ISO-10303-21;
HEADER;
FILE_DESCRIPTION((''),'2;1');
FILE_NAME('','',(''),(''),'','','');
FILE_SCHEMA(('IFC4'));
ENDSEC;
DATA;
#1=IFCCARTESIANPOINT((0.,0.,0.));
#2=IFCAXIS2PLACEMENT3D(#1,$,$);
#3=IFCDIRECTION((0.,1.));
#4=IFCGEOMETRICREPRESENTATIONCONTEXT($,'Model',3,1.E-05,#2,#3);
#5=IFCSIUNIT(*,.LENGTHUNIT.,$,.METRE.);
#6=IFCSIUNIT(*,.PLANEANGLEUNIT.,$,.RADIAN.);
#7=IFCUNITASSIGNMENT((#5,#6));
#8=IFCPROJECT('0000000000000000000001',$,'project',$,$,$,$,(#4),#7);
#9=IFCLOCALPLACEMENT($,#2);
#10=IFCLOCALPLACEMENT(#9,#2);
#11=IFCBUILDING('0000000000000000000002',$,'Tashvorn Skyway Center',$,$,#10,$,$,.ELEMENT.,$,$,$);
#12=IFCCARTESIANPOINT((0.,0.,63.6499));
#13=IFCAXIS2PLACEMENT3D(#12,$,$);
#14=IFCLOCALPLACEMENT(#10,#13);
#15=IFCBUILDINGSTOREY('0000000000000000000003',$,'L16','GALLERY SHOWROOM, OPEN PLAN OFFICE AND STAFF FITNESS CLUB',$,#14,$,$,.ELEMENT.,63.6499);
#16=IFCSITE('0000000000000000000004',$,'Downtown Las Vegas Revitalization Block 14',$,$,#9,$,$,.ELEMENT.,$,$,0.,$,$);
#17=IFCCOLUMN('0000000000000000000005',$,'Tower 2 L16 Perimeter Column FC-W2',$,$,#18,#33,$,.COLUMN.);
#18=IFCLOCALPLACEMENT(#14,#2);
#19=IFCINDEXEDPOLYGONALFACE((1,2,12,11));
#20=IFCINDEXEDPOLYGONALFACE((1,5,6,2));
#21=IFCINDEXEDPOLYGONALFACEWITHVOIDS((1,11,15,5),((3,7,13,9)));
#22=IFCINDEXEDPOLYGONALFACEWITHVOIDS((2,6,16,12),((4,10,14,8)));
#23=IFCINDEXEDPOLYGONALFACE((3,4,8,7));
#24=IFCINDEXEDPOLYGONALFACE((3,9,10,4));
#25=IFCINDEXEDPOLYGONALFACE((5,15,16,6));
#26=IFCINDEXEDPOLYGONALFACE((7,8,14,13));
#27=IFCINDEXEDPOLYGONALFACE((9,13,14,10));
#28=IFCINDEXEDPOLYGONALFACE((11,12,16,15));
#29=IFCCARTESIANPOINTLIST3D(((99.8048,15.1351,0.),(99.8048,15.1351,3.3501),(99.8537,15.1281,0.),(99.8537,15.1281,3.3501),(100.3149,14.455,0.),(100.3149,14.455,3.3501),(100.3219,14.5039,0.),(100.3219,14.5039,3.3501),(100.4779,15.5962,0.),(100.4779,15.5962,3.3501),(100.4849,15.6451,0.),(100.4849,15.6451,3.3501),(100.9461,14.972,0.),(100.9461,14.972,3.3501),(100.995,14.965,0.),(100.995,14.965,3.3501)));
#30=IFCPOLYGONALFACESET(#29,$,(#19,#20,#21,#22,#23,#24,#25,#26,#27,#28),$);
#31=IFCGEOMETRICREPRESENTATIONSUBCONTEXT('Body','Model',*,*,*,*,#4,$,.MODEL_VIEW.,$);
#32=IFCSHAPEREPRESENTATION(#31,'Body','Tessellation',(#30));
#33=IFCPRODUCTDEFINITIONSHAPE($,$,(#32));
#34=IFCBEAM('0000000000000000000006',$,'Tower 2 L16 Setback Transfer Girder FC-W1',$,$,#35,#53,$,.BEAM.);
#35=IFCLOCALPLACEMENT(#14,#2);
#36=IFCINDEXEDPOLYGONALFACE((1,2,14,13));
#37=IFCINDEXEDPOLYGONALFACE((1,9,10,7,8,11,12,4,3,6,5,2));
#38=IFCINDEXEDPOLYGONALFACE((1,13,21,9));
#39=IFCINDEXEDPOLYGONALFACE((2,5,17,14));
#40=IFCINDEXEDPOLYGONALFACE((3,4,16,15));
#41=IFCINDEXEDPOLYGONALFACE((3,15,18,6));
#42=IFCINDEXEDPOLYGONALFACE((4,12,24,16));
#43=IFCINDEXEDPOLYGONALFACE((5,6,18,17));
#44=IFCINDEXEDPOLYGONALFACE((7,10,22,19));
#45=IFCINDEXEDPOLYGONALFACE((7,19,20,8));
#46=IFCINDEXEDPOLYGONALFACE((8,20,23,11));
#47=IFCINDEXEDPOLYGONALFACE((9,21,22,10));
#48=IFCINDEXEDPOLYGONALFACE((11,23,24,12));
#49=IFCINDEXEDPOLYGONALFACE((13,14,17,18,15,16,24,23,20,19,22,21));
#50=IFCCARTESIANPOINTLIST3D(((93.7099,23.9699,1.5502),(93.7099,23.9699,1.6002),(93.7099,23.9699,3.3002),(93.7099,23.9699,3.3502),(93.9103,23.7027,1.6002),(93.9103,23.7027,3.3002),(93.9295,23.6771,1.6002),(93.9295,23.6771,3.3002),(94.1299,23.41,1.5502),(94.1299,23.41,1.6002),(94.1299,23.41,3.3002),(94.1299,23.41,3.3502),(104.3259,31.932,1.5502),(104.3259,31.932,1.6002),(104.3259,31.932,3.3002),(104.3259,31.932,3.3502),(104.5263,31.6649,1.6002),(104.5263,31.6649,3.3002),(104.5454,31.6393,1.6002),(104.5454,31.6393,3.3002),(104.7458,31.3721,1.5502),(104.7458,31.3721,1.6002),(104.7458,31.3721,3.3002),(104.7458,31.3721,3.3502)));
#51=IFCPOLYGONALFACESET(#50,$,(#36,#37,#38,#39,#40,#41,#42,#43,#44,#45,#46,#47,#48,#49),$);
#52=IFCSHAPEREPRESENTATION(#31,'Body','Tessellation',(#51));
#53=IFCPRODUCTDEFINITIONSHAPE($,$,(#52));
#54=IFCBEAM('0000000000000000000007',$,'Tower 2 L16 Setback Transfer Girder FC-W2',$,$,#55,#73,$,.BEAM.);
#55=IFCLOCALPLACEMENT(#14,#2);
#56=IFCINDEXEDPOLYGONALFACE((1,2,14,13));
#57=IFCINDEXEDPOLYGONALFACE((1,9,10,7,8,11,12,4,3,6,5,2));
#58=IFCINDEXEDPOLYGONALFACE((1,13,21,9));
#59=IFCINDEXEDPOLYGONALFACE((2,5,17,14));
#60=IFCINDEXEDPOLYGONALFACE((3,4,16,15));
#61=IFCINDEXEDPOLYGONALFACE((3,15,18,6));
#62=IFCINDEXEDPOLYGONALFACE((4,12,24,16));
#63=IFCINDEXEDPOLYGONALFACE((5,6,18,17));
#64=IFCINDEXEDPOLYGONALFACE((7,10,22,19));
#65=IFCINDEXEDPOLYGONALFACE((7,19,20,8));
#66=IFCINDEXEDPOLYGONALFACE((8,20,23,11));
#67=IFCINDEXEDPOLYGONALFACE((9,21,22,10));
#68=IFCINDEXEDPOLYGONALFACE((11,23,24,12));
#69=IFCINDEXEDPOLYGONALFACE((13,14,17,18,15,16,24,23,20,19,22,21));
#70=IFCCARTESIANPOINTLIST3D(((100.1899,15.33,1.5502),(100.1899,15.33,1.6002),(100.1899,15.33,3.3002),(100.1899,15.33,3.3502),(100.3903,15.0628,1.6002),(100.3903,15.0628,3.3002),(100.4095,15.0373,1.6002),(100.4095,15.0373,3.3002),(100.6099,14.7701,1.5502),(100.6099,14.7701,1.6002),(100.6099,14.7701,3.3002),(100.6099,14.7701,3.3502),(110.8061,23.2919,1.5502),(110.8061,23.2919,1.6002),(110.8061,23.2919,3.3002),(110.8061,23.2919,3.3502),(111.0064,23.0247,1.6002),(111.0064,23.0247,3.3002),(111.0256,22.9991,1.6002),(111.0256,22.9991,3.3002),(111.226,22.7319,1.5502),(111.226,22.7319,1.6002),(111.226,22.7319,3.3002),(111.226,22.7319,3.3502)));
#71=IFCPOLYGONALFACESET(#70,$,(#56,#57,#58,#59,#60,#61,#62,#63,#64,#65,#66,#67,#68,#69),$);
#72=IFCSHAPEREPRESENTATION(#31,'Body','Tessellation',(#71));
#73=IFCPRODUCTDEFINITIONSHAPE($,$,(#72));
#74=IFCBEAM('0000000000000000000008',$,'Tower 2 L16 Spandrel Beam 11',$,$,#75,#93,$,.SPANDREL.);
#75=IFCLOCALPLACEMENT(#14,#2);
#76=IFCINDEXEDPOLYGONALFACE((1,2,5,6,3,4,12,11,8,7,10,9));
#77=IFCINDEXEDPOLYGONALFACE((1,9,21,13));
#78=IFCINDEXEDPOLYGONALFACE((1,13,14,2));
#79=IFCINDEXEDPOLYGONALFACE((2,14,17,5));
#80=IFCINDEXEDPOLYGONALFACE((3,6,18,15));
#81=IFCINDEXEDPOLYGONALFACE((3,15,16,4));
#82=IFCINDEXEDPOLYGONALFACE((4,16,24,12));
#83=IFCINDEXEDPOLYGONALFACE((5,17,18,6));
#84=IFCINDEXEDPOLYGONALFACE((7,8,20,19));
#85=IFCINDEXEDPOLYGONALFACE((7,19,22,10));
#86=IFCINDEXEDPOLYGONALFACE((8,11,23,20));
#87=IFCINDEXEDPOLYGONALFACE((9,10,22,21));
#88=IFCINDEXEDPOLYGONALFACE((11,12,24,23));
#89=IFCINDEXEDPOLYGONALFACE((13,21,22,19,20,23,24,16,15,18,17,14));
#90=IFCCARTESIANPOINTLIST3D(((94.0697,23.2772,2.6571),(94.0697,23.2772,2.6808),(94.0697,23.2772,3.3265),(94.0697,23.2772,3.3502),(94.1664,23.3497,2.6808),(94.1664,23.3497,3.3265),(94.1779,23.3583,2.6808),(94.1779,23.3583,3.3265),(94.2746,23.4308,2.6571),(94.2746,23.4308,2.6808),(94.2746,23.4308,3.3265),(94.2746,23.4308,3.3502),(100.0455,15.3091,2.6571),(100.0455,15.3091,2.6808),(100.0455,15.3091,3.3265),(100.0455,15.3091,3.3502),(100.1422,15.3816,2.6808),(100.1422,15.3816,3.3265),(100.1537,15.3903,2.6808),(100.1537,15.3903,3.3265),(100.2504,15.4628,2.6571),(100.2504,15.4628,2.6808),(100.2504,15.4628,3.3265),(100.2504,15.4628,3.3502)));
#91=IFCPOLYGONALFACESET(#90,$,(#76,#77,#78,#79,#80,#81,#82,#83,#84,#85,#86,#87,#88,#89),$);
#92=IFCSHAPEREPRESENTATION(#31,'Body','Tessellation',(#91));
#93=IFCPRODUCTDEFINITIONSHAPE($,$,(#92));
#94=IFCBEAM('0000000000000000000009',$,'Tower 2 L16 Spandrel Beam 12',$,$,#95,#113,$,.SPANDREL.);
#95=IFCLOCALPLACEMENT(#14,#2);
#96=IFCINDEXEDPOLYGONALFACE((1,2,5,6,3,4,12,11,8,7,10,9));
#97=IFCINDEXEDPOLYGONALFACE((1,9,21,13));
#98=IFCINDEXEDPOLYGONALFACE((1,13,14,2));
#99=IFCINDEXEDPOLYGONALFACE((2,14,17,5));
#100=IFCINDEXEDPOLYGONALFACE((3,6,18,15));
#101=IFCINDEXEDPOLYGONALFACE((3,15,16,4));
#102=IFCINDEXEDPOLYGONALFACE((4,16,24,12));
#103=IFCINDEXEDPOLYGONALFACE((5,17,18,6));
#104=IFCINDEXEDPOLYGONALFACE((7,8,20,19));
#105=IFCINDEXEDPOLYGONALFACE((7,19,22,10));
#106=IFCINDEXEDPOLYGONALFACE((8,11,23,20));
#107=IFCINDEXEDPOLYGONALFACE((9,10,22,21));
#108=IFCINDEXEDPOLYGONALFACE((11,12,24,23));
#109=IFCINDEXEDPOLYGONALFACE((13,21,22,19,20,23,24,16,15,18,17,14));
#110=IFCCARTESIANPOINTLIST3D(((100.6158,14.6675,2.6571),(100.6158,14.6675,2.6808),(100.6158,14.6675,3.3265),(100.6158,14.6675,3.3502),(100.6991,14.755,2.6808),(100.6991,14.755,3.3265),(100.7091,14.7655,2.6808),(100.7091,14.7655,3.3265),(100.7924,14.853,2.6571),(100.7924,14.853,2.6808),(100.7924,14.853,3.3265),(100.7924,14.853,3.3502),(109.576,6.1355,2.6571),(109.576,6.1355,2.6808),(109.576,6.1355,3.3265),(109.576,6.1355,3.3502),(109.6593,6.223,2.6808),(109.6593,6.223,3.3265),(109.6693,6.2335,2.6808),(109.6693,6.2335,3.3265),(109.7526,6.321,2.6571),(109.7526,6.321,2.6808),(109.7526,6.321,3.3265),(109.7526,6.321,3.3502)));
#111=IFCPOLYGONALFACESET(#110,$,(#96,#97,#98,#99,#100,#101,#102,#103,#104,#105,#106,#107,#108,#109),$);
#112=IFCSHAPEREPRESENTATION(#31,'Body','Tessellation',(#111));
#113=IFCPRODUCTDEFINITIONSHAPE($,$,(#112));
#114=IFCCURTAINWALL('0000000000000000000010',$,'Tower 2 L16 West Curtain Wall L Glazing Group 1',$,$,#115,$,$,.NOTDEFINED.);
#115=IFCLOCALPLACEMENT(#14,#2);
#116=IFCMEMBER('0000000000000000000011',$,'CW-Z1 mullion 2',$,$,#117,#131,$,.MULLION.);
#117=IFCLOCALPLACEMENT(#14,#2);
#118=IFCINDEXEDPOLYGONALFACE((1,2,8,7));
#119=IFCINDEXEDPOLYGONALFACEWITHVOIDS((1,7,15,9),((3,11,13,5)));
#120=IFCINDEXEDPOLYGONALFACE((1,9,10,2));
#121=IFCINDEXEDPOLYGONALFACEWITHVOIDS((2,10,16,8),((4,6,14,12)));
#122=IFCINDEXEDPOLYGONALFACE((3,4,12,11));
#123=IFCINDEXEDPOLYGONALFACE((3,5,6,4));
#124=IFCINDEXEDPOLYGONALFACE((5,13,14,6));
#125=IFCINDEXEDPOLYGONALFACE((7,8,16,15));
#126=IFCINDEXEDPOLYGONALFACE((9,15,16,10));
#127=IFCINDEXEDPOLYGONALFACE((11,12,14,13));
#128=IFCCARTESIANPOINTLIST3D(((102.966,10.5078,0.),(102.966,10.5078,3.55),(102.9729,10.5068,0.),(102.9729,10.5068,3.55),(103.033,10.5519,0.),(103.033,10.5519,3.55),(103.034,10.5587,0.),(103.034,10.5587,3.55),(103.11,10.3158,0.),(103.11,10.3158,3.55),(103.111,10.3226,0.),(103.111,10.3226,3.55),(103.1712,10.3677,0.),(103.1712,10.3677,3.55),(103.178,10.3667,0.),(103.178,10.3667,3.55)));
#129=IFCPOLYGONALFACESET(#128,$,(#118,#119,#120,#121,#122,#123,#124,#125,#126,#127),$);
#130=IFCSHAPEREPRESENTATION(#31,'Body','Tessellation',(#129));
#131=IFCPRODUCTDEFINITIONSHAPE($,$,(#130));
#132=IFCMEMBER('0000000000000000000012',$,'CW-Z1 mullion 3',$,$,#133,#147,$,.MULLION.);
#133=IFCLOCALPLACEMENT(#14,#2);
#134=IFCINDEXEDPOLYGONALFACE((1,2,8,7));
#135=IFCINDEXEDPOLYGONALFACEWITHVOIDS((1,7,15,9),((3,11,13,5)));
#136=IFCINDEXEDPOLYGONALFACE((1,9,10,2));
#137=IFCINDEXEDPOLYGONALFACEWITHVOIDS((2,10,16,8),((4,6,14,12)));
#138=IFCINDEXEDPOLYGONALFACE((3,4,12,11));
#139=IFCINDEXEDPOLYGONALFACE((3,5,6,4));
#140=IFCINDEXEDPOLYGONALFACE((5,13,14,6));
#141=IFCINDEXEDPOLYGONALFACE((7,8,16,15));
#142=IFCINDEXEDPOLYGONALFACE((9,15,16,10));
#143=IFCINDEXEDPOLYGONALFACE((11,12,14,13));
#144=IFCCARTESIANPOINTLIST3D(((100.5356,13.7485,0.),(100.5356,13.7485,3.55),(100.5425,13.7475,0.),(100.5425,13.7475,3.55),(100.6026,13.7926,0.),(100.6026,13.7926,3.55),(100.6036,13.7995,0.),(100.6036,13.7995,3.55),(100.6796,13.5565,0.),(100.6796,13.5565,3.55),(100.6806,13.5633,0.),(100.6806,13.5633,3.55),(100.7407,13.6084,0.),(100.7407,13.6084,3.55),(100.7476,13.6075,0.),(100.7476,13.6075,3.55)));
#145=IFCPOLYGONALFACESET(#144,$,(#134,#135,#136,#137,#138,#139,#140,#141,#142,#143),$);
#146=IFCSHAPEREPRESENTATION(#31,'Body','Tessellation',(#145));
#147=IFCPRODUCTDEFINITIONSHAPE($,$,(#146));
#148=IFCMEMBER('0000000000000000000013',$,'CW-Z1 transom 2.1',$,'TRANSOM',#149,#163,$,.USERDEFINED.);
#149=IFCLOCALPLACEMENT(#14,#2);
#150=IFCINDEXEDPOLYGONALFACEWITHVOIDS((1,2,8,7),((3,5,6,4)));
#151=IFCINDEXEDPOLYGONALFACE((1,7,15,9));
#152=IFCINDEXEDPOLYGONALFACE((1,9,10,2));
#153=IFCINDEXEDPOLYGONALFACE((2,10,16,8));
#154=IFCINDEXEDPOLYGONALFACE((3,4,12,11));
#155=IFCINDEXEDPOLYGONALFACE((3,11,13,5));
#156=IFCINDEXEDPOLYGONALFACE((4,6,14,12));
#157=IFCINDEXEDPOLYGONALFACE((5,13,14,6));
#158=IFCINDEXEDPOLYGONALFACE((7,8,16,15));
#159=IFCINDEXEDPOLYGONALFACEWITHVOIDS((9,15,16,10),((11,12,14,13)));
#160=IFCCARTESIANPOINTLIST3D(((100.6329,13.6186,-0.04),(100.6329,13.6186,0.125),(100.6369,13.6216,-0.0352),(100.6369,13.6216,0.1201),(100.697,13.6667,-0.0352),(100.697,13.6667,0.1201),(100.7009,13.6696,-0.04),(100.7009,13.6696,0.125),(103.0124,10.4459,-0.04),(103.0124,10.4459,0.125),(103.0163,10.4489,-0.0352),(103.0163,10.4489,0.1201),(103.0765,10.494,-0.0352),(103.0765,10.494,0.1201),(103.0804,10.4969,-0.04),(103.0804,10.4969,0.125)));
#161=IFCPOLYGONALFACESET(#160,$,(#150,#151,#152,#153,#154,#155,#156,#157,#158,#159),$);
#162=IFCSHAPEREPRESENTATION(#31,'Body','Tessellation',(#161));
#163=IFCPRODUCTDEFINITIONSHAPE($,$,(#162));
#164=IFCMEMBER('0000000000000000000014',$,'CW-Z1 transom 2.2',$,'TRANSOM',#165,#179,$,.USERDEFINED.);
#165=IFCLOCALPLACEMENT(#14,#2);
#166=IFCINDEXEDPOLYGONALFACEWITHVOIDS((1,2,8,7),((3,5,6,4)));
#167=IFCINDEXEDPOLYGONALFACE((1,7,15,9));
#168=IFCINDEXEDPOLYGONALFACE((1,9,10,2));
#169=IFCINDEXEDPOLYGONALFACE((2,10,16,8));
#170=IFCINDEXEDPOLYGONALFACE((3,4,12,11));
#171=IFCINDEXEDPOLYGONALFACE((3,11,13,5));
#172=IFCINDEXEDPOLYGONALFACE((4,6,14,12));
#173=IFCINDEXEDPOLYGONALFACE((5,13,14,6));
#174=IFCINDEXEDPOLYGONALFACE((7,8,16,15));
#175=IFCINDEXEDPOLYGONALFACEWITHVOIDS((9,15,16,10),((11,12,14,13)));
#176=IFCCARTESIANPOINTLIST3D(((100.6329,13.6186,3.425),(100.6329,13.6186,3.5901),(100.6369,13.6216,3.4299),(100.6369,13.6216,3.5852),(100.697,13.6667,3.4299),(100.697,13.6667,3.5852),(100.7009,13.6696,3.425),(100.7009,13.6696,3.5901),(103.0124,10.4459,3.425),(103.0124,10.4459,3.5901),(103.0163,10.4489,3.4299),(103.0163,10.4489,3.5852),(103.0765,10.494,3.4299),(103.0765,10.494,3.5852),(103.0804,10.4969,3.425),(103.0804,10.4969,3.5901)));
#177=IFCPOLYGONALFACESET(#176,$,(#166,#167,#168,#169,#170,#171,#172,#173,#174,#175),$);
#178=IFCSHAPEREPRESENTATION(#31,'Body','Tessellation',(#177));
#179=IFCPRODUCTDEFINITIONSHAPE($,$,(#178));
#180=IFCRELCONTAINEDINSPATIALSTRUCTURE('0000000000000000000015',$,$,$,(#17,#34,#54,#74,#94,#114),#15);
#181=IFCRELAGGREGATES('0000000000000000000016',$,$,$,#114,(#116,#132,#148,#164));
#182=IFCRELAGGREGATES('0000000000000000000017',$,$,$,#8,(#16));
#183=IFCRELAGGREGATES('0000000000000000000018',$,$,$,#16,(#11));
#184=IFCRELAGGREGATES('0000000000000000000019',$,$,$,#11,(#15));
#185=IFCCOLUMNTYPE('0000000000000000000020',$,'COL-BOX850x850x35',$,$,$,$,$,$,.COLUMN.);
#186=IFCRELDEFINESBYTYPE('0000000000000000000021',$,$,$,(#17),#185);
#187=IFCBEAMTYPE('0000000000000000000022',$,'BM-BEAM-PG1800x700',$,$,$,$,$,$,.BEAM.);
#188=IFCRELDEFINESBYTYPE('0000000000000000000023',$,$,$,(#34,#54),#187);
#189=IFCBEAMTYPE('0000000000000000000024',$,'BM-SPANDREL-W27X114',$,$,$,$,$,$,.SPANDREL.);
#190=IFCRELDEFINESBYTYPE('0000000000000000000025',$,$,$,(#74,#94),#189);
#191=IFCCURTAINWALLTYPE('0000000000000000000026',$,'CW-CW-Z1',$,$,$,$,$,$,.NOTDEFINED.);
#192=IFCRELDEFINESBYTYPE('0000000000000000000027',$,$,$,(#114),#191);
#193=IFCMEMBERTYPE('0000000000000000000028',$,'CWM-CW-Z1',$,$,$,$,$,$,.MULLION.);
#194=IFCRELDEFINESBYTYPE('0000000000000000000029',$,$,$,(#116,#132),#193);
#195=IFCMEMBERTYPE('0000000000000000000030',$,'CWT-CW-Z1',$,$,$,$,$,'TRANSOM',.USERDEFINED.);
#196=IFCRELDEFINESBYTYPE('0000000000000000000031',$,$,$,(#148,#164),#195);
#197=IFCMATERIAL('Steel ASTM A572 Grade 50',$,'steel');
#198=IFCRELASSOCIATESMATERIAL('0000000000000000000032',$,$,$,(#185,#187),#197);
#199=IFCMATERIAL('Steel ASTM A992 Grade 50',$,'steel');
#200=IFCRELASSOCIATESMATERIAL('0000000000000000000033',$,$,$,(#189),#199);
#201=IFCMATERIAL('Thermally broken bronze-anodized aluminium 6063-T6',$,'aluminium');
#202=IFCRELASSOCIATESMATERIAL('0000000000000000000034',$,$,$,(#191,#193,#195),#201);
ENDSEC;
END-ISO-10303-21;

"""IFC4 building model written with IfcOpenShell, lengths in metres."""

from ifc_helpers import new_model, si_unit, direction, frame, origin, origin_2d, place, context, subcontext, project, spatial, hollow_rectangle, i_section, extrude, material, material_profile, profile_set, type_object, element, aggregate, save


model = new_model("IFC4")

# Units and contexts
model_context = context("Model", 3, precision=1e-05, world=origin(), true_north=direction((0.0, 1.0)))
body_context = subcontext(model_context, "Body", "Model", "MODEL_VIEW")
ifc_project = project(units=[si_unit("LENGTHUNIT", "METRE"), si_unit("PLANEANGLEUNIT", "RADIAN")], contexts=[model_context])

# Site, building, storey
site_placement = place(None, origin())
site = spatial("IfcSite", under=ifc_project, at=site_placement, Name="Downtown Las Vegas Revitalization Block 14", CompositionType="ELEMENT", RefElevation=0.0)
building_placement = place(site_placement, origin())
building = spatial("IfcBuilding", under=site, at=building_placement, Name="Tashvorn Skyway Center", CompositionType="ELEMENT")
storey_placement = place(building_placement, frame((0.0, 0.0, 63.6499)))
storey = spatial("IfcBuildingStorey", under=building, at=storey_placement, Name="L16", Description="GALLERY SHOWROOM, OPEN PLAN OFFICE AND STAFF FITNESS CLUB", CompositionType="ELEMENT", Elevation=63.6499)

# Column
ifc_material_1 = material(Name="Steel ASTM A572 Grade 50", Category="steel")
ifc_material_profile_1 = material_profile(ifc_material_1, hollow_rectangle(XDim=0.8501, YDim=0.8501, WallThickness=0.0349, at=origin_2d()), Name="BOX850x850x35")
ifc_profile_set_1 = profile_set([ifc_material_profile_1], Name="Steel ASTM A572 Grade 50")
column_type = type_object("IfcColumnType", Name="COL-BOX850x850x35", PredefinedType="COLUMN", material=ifc_profile_set_1)
column_placement = place(storey_placement, frame((100.3999, 15.05, 0.0), z_axis=(0.0, 0.0, 1.0), x_axis=(0.8, 0.6, 0.0)))
element("IfcColumn", 1, at=column_placement, inside=storey, type_object=column_type, Name="Tower 2 L16 Perimeter Column FC-W2", PredefinedType="COLUMN", context=body_context, shape_type="SweptSolid", body=[
    extrude(hollow_rectangle(XDim=0.8501, YDim=0.8501, WallThickness=0.0349, at=origin_2d()), origin(), (0.0, 0.0, 1.0), 3.3501),
])

# Beams
ifc_material_profile_2 = material_profile(ifc_material_1, i_section(OverallWidth=0.7, OverallDepth=1.8, WebThickness=0.032, FlangeThickness=0.05, at=origin_2d()), Name="PG1800x700")
ifc_profile_set_2 = profile_set([ifc_material_profile_2], Name="Steel ASTM A572 Grade 50")
beam_type_1 = type_object("IfcBeamType", Name="BM-BEAM-PG1800x700", PredefinedType="BEAM", material=ifc_profile_set_2)
for number, where, z_axis, x_axis, name in (
    (2, (93.9199, 23.6899, 2.4502), (0.799993, 0.600009, 0.0), (-0.600009, 0.799993, 0.0), "Tower 2 L16 Setback Transfer Girder FC-W1"),
    (3, (100.3999, 15.05, 2.4502), (0.800009, 0.599988, 0.0), (-0.599988, 0.800009, 0.0), "Tower 2 L16 Setback Transfer Girder FC-W2"),
):
    element("IfcBeam", number, at=place(storey_placement, frame(where, z_axis=z_axis, x_axis=x_axis)), inside=storey, type_object=beam_type_1, Name=name, PredefinedType="BEAM", context=body_context, shape_type="SweptSolid", body=[
        extrude(i_section(OverallWidth=0.7, OverallDepth=1.8, WebThickness=0.032, FlangeThickness=0.05, at=origin_2d()), origin(), (0.0, 0.0, 1.0), 13.27),
    ])
ifc_material_2 = material(Name="Steel ASTM A992 Grade 50", Category="steel")
ifc_material_profile_3 = material_profile(ifc_material_2, i_section(OverallWidth=0.2561, OverallDepth=0.6931, WebThickness=0.0144, FlangeThickness=0.0237, at=origin_2d()), Name="W27X114")
ifc_profile_set_3 = profile_set([ifc_material_profile_3], Name="Steel ASTM A992 Grade 50")
beam_type_2 = type_object("IfcBeamType", Name="BM-SPANDREL-W27X114", PredefinedType="SPANDREL", material=ifc_profile_set_3)
beam_1_placement = place(storey_placement, frame((94.1721, 23.354, 3.0037), z_axis=(0.599988, -0.800009, 0.0), x_axis=(0.800009, 0.599988, 0.0)))
element("IfcBeam", 4, at=beam_1_placement, inside=storey, type_object=beam_type_2, Name="Tower 2 L16 Spandrel Beam 11", PredefinedType="SPANDREL", context=body_context, shape_type="SweptSolid", body=[
    extrude(i_section(OverallWidth=0.2561, OverallDepth=0.6931, WebThickness=0.0144, FlangeThickness=0.0237, at=origin_2d()), origin(), (0.0, 0.0, 1.0), 9.96),
])
beam_2_placement = place(storey_placement, frame((100.7041, 14.7603, 3.0037), z_axis=(0.7242, -0.68959, 0.0), x_axis=(0.68959, 0.7242, 0.0)))
element("IfcBeam", 5, at=beam_2_placement, inside=storey, type_object=beam_type_2, Name="Tower 2 L16 Spandrel Beam 12", PredefinedType="SPANDREL", context=body_context, shape_type="SweptSolid", body=[
    extrude(i_section(OverallWidth=0.2561, OverallDepth=0.6931, WebThickness=0.0144, FlangeThickness=0.0237, at=origin_2d()), origin(), (0.0, 0.0, 1.0), 12.3726),
])

# Curtain wall, members
ifc_material_3 = material(Name="Thermally broken bronze-anodized aluminium 6063-T6", Category="aluminium")
curtain_wall_type = type_object("IfcCurtainWallType", Name="CW-CW-Z1", PredefinedType="NOTDEFINED", material=ifc_material_3)
curtain_wall_placement = place(storey_placement, origin())
curtain_wall = element("IfcCurtainWall", 6, at=curtain_wall_placement, inside=storey, type_object=curtain_wall_type, Name="Tower 2 L16 West Curtain Wall L Glazing Group 1", PredefinedType="NOTDEFINED")
ifc_material_profile_4 = material_profile(ifc_material_3, hollow_rectangle(XDim=0.085, YDim=0.24, WallThickness=0.0049, at=origin_2d()), Name="ALU-MULL-85x240")
ifc_profile_set_4 = profile_set([ifc_material_profile_4], Name="Thermally broken bronze-anodized aluminium 6063-T6")
member_type_1 = type_object("IfcMemberType", Name="CWM-CW-Z1", PredefinedType="MULLION", material=ifc_profile_set_4)
member_1_placement = place(storey_placement, frame((103.072, 10.4373, 0.0), z_axis=(0.0, 0.0, 1.0), x_axis=(-0.799999, -0.600002, 0.0)))
member_1 = element("IfcMember", 7, at=member_1_placement, type_object=member_type_1, Name="CW-Z1 mullion 2", PredefinedType="MULLION", context=body_context, shape_type="SweptSolid", body=[
    extrude(hollow_rectangle(XDim=0.085, YDim=0.24, WallThickness=0.0049, at=origin_2d()), origin(), (0.0, 0.0, 1.0), 3.55),
])
member_2_placement = place(storey_placement, frame((100.6416, 13.678, 0.0), z_axis=(0.0, 0.0, 1.0), x_axis=(-0.799999, -0.600002, 0.0)))
member_2 = element("IfcMember", 8, at=member_2_placement, type_object=member_type_1, Name="CW-Z1 mullion 3", PredefinedType="MULLION", context=body_context, shape_type="SweptSolid", body=[
    extrude(hollow_rectangle(XDim=0.085, YDim=0.24, WallThickness=0.0049, at=origin_2d()), origin(), (0.0, 0.0, 1.0), 3.55),
])
ifc_material_profile_5 = material_profile(ifc_material_3, hollow_rectangle(XDim=0.085, YDim=0.165, WallThickness=0.0049, at=origin_2d()), Name="ALU-TRAN-85x165")
ifc_profile_set_5 = profile_set([ifc_material_profile_5], Name="Thermally broken bronze-anodized aluminium 6063-T6")
member_type_2 = type_object("IfcMemberType", Name="CWT-CW-Z1", ElementType="TRANSOM", PredefinedType="USERDEFINED", material=ifc_profile_set_5)
member_3_placement = place(storey_placement, frame((103.0464, 10.4714, 0.0425), z_axis=(-0.59999, 0.800007, 0.0), x_axis=(-0.800007, -0.59999, 0.0)))
member_3 = element("IfcMember", 9, at=member_3_placement, type_object=member_type_2, Name="CW-Z1 transom 2.1", ObjectType="TRANSOM", PredefinedType="USERDEFINED", context=body_context, shape_type="SweptSolid", body=[
    extrude(hollow_rectangle(XDim=0.085, YDim=0.165, WallThickness=0.0049, at=origin_2d()), origin(), (0.0, 0.0, 1.0), 3.9658),
])
member_4_placement = place(storey_placement, frame((103.0464, 10.4714, 3.5076), z_axis=(-0.59999, 0.800007, 0.0), x_axis=(-0.800007, -0.59999, 0.0)))
member_4 = element("IfcMember", 10, at=member_4_placement, type_object=member_type_2, Name="CW-Z1 transom 2.2", ObjectType="TRANSOM", PredefinedType="USERDEFINED", context=body_context, shape_type="SweptSolid", body=[
    extrude(hollow_rectangle(XDim=0.085, YDim=0.165, WallThickness=0.0049, at=origin_2d()), origin(), (0.0, 0.0, 1.0), 3.9658),
])
aggregate(curtain_wall, [member_1, member_2, member_3, member_4])

save(model, "model.ifc")
